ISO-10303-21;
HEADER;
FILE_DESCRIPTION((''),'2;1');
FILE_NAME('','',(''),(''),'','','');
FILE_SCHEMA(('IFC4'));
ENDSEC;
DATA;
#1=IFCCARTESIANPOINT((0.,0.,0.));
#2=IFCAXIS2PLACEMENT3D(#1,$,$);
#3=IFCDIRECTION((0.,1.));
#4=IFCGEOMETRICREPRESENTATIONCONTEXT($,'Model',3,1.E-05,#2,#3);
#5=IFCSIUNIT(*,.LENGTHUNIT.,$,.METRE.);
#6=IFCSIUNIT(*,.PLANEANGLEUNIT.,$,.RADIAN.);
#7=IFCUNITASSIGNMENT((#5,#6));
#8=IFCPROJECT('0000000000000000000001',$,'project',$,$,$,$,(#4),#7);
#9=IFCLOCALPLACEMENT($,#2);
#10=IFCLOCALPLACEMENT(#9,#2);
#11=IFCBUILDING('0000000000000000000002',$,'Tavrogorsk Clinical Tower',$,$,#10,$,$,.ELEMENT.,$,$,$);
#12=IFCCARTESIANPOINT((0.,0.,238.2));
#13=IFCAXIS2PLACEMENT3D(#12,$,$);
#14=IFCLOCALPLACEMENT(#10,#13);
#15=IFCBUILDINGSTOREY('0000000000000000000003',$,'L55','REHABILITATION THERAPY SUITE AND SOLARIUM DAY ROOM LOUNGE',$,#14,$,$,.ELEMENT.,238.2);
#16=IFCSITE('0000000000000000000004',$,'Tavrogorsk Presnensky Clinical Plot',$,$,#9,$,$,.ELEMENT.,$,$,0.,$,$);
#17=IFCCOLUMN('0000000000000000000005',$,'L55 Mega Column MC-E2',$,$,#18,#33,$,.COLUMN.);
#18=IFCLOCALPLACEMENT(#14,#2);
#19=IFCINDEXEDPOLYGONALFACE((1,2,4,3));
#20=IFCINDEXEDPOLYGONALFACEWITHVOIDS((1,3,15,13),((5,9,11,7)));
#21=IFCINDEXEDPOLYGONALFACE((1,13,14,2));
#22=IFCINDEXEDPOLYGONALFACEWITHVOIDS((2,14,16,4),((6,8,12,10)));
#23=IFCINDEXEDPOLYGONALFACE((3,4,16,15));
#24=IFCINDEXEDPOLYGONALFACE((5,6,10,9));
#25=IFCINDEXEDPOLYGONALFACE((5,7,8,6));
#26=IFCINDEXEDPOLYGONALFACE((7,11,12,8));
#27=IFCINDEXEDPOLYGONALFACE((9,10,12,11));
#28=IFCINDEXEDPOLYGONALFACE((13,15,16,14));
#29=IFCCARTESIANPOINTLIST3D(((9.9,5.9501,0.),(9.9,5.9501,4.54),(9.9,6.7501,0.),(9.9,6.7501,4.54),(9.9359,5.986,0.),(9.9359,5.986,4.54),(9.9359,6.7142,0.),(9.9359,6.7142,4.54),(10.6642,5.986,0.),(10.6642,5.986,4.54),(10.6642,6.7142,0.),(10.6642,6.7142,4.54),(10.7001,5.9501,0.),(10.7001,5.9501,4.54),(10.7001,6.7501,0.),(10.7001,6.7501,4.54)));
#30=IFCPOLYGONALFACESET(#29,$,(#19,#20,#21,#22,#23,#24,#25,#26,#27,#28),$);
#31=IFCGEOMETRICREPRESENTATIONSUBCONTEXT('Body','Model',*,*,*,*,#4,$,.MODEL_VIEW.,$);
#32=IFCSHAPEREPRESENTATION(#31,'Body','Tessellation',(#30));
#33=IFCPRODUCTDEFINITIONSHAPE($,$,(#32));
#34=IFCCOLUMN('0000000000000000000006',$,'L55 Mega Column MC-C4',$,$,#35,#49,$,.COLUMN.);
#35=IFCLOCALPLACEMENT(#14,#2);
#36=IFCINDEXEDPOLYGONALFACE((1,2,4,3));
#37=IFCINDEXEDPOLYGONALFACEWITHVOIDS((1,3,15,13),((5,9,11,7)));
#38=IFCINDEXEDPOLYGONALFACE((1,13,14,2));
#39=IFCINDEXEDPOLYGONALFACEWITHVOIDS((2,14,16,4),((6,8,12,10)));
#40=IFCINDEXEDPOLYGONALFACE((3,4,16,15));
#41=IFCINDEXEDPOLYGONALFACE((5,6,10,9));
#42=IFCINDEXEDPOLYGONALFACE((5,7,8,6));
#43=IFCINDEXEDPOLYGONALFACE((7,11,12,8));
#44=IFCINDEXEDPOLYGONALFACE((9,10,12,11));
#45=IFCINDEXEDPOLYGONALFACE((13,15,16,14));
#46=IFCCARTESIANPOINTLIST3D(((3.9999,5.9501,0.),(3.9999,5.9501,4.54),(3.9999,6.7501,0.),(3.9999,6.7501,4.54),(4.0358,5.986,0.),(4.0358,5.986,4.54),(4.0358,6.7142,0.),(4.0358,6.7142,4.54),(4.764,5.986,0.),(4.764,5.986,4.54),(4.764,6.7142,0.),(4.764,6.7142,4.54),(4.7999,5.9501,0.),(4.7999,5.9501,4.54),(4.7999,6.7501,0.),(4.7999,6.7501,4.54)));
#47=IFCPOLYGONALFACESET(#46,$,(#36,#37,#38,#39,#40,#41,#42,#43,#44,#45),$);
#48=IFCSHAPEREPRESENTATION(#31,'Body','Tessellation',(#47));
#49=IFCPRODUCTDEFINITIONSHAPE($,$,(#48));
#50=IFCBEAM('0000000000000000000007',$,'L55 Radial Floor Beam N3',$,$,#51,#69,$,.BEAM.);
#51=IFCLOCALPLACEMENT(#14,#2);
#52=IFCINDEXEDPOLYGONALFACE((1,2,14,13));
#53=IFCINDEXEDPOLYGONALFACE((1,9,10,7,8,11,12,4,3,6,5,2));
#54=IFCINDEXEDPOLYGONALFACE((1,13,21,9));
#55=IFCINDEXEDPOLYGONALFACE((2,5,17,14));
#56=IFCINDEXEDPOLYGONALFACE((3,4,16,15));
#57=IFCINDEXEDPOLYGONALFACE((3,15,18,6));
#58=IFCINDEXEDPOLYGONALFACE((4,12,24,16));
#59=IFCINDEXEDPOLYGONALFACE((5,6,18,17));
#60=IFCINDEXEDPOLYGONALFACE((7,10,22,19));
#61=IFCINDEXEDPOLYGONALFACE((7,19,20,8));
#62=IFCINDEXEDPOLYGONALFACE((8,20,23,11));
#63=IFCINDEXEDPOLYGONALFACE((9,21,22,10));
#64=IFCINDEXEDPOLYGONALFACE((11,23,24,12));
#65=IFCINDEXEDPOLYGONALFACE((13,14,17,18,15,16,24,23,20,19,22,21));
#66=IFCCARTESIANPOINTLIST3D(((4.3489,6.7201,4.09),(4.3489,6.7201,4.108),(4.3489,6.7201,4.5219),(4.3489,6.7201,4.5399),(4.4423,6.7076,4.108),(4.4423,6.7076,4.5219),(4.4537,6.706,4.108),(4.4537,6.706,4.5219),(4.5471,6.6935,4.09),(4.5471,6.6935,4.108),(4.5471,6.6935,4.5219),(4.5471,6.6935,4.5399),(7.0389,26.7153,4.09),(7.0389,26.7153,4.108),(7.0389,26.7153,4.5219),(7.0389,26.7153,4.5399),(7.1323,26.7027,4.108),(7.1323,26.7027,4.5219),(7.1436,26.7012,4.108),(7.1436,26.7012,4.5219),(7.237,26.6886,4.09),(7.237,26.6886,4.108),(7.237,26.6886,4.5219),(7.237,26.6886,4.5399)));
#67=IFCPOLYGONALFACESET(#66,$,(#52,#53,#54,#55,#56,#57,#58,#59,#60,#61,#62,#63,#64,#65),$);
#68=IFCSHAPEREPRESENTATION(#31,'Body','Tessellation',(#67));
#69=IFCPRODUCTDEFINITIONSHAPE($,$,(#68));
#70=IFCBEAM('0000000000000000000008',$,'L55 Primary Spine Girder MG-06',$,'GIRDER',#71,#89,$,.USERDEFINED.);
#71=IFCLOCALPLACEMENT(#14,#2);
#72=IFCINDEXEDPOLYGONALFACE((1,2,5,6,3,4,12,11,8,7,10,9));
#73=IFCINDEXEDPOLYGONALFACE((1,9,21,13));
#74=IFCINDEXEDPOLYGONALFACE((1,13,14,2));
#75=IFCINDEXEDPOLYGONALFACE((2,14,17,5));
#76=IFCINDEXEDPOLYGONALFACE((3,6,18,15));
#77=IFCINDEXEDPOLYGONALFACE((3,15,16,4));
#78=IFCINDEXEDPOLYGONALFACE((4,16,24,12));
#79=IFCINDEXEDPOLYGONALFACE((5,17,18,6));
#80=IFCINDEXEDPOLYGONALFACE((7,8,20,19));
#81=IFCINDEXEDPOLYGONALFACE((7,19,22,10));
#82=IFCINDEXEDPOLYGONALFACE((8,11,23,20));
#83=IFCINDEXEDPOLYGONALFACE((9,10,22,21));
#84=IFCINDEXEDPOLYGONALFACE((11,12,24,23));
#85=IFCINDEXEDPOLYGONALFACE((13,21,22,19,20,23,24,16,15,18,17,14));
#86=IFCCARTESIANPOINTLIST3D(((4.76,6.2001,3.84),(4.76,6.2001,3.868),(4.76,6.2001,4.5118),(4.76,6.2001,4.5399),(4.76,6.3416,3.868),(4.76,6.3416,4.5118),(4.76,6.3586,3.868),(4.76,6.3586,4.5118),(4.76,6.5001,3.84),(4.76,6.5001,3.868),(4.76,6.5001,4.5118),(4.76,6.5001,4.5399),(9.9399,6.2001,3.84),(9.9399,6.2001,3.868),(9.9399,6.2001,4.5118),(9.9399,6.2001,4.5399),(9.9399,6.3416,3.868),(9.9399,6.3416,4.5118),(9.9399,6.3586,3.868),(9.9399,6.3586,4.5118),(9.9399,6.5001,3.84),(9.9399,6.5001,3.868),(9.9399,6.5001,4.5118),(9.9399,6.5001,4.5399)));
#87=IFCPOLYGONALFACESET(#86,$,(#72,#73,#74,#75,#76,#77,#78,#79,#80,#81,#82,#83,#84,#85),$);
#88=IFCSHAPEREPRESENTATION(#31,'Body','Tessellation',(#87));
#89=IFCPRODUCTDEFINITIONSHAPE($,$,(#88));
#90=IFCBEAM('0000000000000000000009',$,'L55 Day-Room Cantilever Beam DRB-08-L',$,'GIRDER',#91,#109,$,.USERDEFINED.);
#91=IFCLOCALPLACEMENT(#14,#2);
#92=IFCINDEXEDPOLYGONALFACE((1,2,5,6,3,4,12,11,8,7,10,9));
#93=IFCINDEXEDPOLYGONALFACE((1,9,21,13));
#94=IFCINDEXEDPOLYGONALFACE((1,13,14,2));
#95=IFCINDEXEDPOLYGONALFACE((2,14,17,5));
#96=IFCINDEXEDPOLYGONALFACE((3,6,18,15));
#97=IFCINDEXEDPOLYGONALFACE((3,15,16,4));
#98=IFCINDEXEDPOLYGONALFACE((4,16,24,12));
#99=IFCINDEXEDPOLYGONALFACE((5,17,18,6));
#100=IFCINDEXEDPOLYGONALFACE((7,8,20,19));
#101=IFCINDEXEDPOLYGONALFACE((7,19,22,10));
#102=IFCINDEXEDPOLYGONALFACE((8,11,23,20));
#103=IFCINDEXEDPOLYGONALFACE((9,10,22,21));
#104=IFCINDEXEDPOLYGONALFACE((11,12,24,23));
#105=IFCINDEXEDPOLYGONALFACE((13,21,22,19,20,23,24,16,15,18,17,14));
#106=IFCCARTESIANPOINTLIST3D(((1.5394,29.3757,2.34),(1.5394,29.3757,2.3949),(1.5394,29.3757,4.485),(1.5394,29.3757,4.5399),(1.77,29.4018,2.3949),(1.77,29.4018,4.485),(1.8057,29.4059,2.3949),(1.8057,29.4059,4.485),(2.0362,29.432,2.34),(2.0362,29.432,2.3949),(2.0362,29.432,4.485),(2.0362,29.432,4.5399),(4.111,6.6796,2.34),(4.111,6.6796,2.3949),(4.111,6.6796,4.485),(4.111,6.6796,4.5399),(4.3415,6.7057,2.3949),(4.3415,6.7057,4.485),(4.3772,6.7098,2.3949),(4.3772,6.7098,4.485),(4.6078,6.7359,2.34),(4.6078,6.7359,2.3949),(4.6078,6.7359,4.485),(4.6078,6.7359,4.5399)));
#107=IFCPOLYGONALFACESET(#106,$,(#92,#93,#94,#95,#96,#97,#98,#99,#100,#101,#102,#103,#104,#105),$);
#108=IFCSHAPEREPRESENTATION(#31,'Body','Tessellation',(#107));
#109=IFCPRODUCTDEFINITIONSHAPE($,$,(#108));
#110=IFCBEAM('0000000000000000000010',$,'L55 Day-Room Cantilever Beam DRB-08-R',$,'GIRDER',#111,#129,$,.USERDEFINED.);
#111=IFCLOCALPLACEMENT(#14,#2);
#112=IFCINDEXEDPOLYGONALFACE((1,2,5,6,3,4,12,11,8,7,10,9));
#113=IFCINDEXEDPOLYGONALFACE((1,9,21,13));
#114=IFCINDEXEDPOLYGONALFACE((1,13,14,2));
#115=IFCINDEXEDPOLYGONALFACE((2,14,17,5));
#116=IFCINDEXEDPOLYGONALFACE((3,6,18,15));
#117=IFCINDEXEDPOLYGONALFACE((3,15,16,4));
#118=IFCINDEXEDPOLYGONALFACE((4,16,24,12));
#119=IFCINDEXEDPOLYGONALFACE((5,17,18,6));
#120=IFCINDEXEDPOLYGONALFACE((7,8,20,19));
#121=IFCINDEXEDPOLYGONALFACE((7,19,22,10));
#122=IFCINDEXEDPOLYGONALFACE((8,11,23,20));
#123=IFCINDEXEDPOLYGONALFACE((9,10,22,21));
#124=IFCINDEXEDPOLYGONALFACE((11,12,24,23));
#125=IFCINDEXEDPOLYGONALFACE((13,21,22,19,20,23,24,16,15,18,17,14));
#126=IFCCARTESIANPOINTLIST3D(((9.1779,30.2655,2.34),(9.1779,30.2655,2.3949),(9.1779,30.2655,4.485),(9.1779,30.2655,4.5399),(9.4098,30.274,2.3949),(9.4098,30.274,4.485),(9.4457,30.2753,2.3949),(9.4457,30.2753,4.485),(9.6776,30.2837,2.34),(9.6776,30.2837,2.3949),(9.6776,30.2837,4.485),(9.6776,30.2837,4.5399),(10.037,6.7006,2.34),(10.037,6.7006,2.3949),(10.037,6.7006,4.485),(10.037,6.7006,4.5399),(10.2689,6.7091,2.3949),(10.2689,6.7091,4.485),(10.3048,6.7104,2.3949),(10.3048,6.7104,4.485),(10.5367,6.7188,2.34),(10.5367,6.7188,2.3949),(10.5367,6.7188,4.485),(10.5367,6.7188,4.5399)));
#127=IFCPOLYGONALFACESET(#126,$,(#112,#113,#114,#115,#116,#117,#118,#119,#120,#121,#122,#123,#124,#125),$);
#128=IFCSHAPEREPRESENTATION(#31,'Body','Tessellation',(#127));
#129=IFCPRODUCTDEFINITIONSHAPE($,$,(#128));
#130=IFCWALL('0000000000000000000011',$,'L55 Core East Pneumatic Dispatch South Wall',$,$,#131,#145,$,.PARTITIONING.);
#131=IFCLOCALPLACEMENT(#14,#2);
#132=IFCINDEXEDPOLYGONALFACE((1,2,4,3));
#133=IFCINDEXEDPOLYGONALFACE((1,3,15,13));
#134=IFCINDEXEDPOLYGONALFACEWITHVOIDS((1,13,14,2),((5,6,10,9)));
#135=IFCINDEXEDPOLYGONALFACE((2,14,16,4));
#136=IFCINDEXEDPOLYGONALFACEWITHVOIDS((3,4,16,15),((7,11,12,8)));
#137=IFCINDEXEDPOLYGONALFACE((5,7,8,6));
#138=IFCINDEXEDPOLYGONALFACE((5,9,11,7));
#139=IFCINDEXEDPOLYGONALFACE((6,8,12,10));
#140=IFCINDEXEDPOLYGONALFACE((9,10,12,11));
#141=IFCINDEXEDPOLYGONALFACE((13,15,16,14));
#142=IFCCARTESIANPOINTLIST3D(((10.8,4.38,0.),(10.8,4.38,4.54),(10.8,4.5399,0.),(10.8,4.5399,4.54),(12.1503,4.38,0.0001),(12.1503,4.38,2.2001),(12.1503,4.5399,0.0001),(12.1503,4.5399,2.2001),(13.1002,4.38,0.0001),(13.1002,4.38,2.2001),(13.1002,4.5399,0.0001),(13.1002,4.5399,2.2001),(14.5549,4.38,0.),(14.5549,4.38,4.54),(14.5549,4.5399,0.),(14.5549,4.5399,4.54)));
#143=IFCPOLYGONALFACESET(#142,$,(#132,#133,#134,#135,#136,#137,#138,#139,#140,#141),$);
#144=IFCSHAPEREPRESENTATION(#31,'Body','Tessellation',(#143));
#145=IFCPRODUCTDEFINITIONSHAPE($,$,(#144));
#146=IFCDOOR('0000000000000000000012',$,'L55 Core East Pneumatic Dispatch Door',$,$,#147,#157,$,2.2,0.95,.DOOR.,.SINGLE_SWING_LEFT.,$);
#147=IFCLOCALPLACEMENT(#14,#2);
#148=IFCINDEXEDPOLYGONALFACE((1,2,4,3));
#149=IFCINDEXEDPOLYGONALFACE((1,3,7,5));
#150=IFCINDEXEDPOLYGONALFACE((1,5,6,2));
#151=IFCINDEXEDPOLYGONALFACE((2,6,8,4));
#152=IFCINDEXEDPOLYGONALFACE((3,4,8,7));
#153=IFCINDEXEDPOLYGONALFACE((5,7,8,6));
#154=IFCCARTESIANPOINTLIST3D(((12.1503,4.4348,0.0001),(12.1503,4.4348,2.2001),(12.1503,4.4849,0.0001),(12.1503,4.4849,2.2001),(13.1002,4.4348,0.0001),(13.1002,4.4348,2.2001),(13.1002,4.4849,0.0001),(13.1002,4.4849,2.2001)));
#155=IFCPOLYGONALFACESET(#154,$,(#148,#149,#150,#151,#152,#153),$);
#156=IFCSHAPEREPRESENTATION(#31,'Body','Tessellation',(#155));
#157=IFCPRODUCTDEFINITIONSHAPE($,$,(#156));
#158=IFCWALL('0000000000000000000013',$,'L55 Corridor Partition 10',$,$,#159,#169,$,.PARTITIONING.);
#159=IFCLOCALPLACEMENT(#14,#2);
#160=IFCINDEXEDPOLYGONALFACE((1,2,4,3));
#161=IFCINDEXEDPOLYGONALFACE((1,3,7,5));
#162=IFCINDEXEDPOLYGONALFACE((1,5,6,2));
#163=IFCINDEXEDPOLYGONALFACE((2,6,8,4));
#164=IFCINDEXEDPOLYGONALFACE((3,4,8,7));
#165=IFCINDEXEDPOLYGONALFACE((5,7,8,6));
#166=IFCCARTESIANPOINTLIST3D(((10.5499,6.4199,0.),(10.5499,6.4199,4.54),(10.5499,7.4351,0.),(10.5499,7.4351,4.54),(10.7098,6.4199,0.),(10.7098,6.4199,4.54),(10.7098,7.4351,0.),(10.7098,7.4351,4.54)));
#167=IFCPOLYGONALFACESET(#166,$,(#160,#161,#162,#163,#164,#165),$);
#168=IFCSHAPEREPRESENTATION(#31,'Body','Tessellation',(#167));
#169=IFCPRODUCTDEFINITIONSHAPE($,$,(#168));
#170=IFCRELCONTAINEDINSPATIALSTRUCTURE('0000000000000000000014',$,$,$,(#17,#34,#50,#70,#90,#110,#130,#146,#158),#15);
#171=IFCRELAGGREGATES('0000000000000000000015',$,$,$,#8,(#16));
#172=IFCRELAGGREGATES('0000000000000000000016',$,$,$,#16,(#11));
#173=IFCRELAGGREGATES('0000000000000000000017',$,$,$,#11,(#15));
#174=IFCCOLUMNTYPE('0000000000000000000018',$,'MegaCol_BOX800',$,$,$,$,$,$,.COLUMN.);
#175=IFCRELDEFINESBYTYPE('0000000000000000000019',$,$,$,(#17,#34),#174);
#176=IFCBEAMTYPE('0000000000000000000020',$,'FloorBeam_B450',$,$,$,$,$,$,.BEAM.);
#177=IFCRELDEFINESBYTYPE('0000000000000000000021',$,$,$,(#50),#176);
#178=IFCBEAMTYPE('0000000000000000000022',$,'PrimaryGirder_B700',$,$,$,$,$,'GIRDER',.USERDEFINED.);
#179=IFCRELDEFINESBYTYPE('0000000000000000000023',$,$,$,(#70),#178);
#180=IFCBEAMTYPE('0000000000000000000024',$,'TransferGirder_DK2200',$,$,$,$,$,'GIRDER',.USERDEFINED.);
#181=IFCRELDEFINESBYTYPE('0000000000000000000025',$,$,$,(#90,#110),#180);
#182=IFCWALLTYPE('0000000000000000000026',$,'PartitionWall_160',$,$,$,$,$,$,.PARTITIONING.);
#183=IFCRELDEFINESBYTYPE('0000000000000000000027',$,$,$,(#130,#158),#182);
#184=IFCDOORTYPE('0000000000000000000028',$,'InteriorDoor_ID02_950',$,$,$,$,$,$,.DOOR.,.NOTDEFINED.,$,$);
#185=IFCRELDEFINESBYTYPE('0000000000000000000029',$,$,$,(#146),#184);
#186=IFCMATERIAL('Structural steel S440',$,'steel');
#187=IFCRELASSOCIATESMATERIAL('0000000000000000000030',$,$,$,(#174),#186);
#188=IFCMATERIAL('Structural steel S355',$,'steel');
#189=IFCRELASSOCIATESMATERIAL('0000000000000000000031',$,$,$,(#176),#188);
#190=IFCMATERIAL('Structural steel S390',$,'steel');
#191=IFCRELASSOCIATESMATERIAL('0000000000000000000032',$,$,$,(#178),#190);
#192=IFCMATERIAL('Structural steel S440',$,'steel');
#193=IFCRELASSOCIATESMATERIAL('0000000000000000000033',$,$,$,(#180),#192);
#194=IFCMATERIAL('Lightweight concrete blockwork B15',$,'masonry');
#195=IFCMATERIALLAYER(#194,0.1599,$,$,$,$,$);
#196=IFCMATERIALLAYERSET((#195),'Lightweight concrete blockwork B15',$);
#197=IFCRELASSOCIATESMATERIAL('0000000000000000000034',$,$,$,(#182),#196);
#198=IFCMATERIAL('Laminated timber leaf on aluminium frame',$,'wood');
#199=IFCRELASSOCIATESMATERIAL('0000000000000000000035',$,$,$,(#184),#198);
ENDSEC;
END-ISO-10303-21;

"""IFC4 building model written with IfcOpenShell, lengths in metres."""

from ifc_helpers import new_model, si_unit, direction, frame, frame_2d, origin, origin_2d, place, context, subcontext, project, spatial, rectangle, hollow_rectangle, i_section, extrude, material, layer, layer_set, material_profile, profile_set, type_object, element, fill, save


model = new_model("IFC4")

# Units and contexts
model_context = context("Model", 3, precision=1e-05, world=origin(), true_north=direction((0.0, 1.0)))
body_context = subcontext(model_context, "Body", "Model", "MODEL_VIEW")
ifc_project = project(units=[si_unit("LENGTHUNIT", "METRE"), si_unit("PLANEANGLEUNIT", "RADIAN")], contexts=[model_context])

# Site, building, storey
site_placement = place(None, origin())
site = spatial("IfcSite", under=ifc_project, at=site_placement, Name="Tavrogorsk Presnensky Clinical Plot", CompositionType="ELEMENT", RefElevation=0.0)
building_placement = place(site_placement, origin())
building = spatial("IfcBuilding", under=site, at=building_placement, Name="Tavrogorsk Clinical Tower", CompositionType="ELEMENT")
storey_placement = place(building_placement, frame((0.0, 0.0, 238.2)))
storey = spatial("IfcBuildingStorey", under=building, at=storey_placement, Name="L55", Description="REHABILITATION THERAPY SUITE AND SOLARIUM DAY ROOM LOUNGE", CompositionType="ELEMENT", Elevation=238.2)

# Columns
ifc_material_1 = material(Name="Structural steel S440", Category="steel")
ifc_material_profile_1 = material_profile(ifc_material_1, hollow_rectangle(XDim=0.8, YDim=0.8, WallThickness=0.0359, at=origin_2d()), Name="BOX-800x800x36")
ifc_profile_set_1 = profile_set([ifc_material_profile_1], Name="Structural steel S440")
column_type = type_object("IfcColumnType", Name="MegaCol_BOX800", PredefinedType="COLUMN", material=ifc_profile_set_1)
for number, where, z_axis, x_axis, name in (
    (1, (10.3, 6.3501, 0.0), (0.0, 0.0, 1.0), (1.0, 0.0, 0.0), "L55 Mega Column MC-E2"),
    (2, (4.3999, 6.3501, 0.0), (0.0, 0.0, 1.0), (1.0, 0.0, 0.0), "L55 Mega Column MC-C4"),
):
    element("IfcColumn", number, at=place(storey_placement, frame(where, z_axis=z_axis, x_axis=x_axis)), inside=storey, type_object=column_type, Name=name, PredefinedType="COLUMN", context=body_context, shape_type="SweptSolid", body=[
        extrude(hollow_rectangle(XDim=0.8, YDim=0.8, WallThickness=0.0359, at=origin_2d()), origin(), (0.0, 0.0, 1.0), 4.54),
    ])

# Beams
ifc_material_2 = material(Name="Structural steel S355", Category="steel")
ifc_material_profile_2 = material_profile(ifc_material_2, i_section(OverallWidth=0.2, OverallDepth=0.45, WebThickness=0.0115, FlangeThickness=0.0181, at=origin_2d()), Name="B-450x200x11.5x18")
ifc_profile_set_2 = profile_set([ifc_material_profile_2], Name="Structural steel S355")
beam_type_1 = type_object("IfcBeamType", Name="FloorBeam_B450", PredefinedType="BEAM", material=ifc_profile_set_2)
beam_1_placement = place(storey_placement, frame((4.448, 6.7068, 4.3149), z_axis=(0.133329, 0.991072, 0.0), x_axis=(-0.991072, 0.133329, 0.0)))
element("IfcBeam", 3, at=beam_1_placement, inside=storey, type_object=beam_type_1, Name="L55 Radial Floor Beam N3", PredefinedType="BEAM", context=body_context, shape_type="SweptSolid", body=[
    extrude(i_section(OverallWidth=0.2, OverallDepth=0.45, WebThickness=0.0115, FlangeThickness=0.0181, at=origin_2d()), origin(), (0.0, 0.0, 1.0), 20.1753),
])
ifc_material_3 = material(Name="Structural steel S390", Category="steel")
ifc_material_profile_3 = material_profile(ifc_material_3, i_section(OverallWidth=0.3, OverallDepth=0.7, WebThickness=0.0171, FlangeThickness=0.0281, at=origin_2d()), Name="B-700x300x17x28")
ifc_profile_set_3 = profile_set([ifc_material_profile_3], Name="Structural steel S390")
beam_type_2 = type_object("IfcBeamType", Name="PrimaryGirder_B700", ElementType="GIRDER", PredefinedType="USERDEFINED", material=ifc_profile_set_3)
beam_2_placement = place(storey_placement, frame((4.76, 6.3501, 4.1899), z_axis=(1.0, 0.0, 0.0), x_axis=(0.0, 1.0, 0.0)))
element("IfcBeam", 4, at=beam_2_placement, inside=storey, type_object=beam_type_2, Name="L55 Primary Spine Girder MG-06", ObjectType="GIRDER", PredefinedType="USERDEFINED", context=body_context, shape_type="SweptSolid", body=[
    extrude(i_section(OverallWidth=0.3, OverallDepth=0.7, WebThickness=0.0171, FlangeThickness=0.0281, at=origin_2d()), origin(), (0.0, 0.0, 1.0), 5.1799),
])
ifc_material_4 = material(Name="Structural steel S440", Category="steel")
ifc_material_profile_4 = material_profile(ifc_material_4, i_section(OverallWidth=0.5, OverallDepth=2.2, WebThickness=0.0359, FlangeThickness=0.0549, at=origin_2d()), Name="DK-2200x500x36x55")
ifc_profile_set_4 = profile_set([ifc_material_profile_4], Name="Structural steel S440")
beam_type_3 = type_object("IfcBeamType", Name="TransferGirder_DK2200", ElementType="GIRDER", PredefinedType="USERDEFINED", material=ifc_profile_set_4)
beam_3_placement = place(storey_placement, frame((4.3594, 6.7078, 3.4399), z_axis=(-0.112583, 0.993642, 0.0), x_axis=(-0.993642, -0.112583, 0.0)))
element("IfcBeam", 5, at=beam_3_placement, inside=storey, type_object=beam_type_3, Name="L55 Day-Room Cantilever Beam DRB-08-L", ObjectType="GIRDER", PredefinedType="USERDEFINED", context=body_context, shape_type="SweptSolid", body=[
    extrude(i_section(OverallWidth=0.5, OverallDepth=2.2, WebThickness=0.0359, FlangeThickness=0.0549, at=origin_2d()), origin(), (0.0, 0.0, 1.0), 22.8413),
])
beam_4_placement = place(storey_placement, frame((10.2869, 6.7097, 3.4399), z_axis=(-0.036434, 0.999336, 0.0), x_axis=(-0.999336, -0.036434, 0.0)))
element("IfcBeam", 6, at=beam_4_placement, inside=storey, type_object=beam_type_3, Name="L55 Day-Room Cantilever Beam DRB-08-R", ObjectType="GIRDER", PredefinedType="USERDEFINED", context=body_context, shape_type="SweptSolid", body=[
    extrude(i_section(OverallWidth=0.5, OverallDepth=2.2, WebThickness=0.0359, FlangeThickness=0.0549, at=origin_2d()), origin(), (0.0, 0.0, 1.0), 23.5806),
])

# Wall, opening, door
ifc_material_5 = material(Name="Lightweight concrete blockwork B15", Category="masonry")
ifc_layer_1 = layer(ifc_material_5, 0.1599)
ifc_layer_set_1 = layer_set([ifc_layer_1], Name="Lightweight concrete blockwork B15")
wall_type_1 = type_object("IfcWallType", Name="PartitionWall_160", PredefinedType="PARTITIONING", material=ifc_layer_set_1)
wall_1_placement = place(storey_placement, frame((10.8, 4.46, 0.0), z_axis=(0.0, 0.0, 1.0), x_axis=(1.0, 0.0, 0.0)))
wall_1 = element("IfcWall", 7, at=wall_1_placement, inside=storey, type_object=wall_type_1, Name="L55 Core East Pneumatic Dispatch South Wall", PredefinedType="PARTITIONING", context=body_context, shape_type="SweptSolid", body=[
    extrude(rectangle(XDim=3.7549, YDim=0.1599, at=frame_2d((1.8774, 0.0))), origin(), (0.0, 0.0, 1.0), 4.54),
])
opening_1_placement = place(wall_1_placement, frame((1.3501, 0.0, 0.0)))
opening_1 = element("IfcOpeningElement", 8, at=opening_1_placement, cuts=wall_1, PredefinedType="OPENING", context=body_context, shape_type="SweptSolid", body=[
    extrude(rectangle(XDim=0.95, YDim=2.2, at=frame_2d((0.4751, 1.1001))), frame((0.0, 0.0898, 0.0), z_axis=(0.0, -1.0, 0.0), x_axis=(1.0, 0.0, 0.0)), (0.0, 0.0, 1.0), 0.1799),
])
ifc_material_6 = material(Name="Laminated timber leaf on aluminium frame", Category="wood")
door_type_1 = type_object("IfcDoorType", Name="InteriorDoor_ID02_950", OperationType="NOTDEFINED", PredefinedType="DOOR", material=ifc_material_6)
door_1_placement = place(opening_1_placement, origin())
door_1 = element("IfcDoor", 9, at=door_1_placement, inside=storey, type_object=door_type_1, Name="L55 Core East Pneumatic Dispatch Door", OperationType="SINGLE_SWING_LEFT", OverallHeight=2.2, OverallWidth=0.95, PredefinedType="DOOR", context=body_context, shape_type="SweptSolid", body=[
    extrude(rectangle(XDim=0.95, YDim=2.2, at=frame_2d((0.4751, 1.1001))), frame((0.0, 0.0249, 0.0), z_axis=(0.0, -1.0, 0.0), x_axis=(1.0, 0.0, 0.0)), (0.0, 0.0, 1.0), 0.05),
])
fill(opening_1, door_1)

# Wall
wall_2_placement = place(storey_placement, frame((10.6299, 7.4351, 0.0), z_axis=(0.0, 0.0, 1.0), x_axis=(0.0, -1.0, 0.0)))
element("IfcWall", 10, at=wall_2_placement, inside=storey, type_object=wall_type_1, Name="L55 Corridor Partition 10", PredefinedType="PARTITIONING", context=body_context, shape_type="SweptSolid", body=[
    extrude(rectangle(XDim=1.0151, YDim=0.1599, at=frame_2d((0.5076, 0.0))), origin(), (0.0, 0.0, 1.0), 4.54),
])

save(model, "model.ifc")
